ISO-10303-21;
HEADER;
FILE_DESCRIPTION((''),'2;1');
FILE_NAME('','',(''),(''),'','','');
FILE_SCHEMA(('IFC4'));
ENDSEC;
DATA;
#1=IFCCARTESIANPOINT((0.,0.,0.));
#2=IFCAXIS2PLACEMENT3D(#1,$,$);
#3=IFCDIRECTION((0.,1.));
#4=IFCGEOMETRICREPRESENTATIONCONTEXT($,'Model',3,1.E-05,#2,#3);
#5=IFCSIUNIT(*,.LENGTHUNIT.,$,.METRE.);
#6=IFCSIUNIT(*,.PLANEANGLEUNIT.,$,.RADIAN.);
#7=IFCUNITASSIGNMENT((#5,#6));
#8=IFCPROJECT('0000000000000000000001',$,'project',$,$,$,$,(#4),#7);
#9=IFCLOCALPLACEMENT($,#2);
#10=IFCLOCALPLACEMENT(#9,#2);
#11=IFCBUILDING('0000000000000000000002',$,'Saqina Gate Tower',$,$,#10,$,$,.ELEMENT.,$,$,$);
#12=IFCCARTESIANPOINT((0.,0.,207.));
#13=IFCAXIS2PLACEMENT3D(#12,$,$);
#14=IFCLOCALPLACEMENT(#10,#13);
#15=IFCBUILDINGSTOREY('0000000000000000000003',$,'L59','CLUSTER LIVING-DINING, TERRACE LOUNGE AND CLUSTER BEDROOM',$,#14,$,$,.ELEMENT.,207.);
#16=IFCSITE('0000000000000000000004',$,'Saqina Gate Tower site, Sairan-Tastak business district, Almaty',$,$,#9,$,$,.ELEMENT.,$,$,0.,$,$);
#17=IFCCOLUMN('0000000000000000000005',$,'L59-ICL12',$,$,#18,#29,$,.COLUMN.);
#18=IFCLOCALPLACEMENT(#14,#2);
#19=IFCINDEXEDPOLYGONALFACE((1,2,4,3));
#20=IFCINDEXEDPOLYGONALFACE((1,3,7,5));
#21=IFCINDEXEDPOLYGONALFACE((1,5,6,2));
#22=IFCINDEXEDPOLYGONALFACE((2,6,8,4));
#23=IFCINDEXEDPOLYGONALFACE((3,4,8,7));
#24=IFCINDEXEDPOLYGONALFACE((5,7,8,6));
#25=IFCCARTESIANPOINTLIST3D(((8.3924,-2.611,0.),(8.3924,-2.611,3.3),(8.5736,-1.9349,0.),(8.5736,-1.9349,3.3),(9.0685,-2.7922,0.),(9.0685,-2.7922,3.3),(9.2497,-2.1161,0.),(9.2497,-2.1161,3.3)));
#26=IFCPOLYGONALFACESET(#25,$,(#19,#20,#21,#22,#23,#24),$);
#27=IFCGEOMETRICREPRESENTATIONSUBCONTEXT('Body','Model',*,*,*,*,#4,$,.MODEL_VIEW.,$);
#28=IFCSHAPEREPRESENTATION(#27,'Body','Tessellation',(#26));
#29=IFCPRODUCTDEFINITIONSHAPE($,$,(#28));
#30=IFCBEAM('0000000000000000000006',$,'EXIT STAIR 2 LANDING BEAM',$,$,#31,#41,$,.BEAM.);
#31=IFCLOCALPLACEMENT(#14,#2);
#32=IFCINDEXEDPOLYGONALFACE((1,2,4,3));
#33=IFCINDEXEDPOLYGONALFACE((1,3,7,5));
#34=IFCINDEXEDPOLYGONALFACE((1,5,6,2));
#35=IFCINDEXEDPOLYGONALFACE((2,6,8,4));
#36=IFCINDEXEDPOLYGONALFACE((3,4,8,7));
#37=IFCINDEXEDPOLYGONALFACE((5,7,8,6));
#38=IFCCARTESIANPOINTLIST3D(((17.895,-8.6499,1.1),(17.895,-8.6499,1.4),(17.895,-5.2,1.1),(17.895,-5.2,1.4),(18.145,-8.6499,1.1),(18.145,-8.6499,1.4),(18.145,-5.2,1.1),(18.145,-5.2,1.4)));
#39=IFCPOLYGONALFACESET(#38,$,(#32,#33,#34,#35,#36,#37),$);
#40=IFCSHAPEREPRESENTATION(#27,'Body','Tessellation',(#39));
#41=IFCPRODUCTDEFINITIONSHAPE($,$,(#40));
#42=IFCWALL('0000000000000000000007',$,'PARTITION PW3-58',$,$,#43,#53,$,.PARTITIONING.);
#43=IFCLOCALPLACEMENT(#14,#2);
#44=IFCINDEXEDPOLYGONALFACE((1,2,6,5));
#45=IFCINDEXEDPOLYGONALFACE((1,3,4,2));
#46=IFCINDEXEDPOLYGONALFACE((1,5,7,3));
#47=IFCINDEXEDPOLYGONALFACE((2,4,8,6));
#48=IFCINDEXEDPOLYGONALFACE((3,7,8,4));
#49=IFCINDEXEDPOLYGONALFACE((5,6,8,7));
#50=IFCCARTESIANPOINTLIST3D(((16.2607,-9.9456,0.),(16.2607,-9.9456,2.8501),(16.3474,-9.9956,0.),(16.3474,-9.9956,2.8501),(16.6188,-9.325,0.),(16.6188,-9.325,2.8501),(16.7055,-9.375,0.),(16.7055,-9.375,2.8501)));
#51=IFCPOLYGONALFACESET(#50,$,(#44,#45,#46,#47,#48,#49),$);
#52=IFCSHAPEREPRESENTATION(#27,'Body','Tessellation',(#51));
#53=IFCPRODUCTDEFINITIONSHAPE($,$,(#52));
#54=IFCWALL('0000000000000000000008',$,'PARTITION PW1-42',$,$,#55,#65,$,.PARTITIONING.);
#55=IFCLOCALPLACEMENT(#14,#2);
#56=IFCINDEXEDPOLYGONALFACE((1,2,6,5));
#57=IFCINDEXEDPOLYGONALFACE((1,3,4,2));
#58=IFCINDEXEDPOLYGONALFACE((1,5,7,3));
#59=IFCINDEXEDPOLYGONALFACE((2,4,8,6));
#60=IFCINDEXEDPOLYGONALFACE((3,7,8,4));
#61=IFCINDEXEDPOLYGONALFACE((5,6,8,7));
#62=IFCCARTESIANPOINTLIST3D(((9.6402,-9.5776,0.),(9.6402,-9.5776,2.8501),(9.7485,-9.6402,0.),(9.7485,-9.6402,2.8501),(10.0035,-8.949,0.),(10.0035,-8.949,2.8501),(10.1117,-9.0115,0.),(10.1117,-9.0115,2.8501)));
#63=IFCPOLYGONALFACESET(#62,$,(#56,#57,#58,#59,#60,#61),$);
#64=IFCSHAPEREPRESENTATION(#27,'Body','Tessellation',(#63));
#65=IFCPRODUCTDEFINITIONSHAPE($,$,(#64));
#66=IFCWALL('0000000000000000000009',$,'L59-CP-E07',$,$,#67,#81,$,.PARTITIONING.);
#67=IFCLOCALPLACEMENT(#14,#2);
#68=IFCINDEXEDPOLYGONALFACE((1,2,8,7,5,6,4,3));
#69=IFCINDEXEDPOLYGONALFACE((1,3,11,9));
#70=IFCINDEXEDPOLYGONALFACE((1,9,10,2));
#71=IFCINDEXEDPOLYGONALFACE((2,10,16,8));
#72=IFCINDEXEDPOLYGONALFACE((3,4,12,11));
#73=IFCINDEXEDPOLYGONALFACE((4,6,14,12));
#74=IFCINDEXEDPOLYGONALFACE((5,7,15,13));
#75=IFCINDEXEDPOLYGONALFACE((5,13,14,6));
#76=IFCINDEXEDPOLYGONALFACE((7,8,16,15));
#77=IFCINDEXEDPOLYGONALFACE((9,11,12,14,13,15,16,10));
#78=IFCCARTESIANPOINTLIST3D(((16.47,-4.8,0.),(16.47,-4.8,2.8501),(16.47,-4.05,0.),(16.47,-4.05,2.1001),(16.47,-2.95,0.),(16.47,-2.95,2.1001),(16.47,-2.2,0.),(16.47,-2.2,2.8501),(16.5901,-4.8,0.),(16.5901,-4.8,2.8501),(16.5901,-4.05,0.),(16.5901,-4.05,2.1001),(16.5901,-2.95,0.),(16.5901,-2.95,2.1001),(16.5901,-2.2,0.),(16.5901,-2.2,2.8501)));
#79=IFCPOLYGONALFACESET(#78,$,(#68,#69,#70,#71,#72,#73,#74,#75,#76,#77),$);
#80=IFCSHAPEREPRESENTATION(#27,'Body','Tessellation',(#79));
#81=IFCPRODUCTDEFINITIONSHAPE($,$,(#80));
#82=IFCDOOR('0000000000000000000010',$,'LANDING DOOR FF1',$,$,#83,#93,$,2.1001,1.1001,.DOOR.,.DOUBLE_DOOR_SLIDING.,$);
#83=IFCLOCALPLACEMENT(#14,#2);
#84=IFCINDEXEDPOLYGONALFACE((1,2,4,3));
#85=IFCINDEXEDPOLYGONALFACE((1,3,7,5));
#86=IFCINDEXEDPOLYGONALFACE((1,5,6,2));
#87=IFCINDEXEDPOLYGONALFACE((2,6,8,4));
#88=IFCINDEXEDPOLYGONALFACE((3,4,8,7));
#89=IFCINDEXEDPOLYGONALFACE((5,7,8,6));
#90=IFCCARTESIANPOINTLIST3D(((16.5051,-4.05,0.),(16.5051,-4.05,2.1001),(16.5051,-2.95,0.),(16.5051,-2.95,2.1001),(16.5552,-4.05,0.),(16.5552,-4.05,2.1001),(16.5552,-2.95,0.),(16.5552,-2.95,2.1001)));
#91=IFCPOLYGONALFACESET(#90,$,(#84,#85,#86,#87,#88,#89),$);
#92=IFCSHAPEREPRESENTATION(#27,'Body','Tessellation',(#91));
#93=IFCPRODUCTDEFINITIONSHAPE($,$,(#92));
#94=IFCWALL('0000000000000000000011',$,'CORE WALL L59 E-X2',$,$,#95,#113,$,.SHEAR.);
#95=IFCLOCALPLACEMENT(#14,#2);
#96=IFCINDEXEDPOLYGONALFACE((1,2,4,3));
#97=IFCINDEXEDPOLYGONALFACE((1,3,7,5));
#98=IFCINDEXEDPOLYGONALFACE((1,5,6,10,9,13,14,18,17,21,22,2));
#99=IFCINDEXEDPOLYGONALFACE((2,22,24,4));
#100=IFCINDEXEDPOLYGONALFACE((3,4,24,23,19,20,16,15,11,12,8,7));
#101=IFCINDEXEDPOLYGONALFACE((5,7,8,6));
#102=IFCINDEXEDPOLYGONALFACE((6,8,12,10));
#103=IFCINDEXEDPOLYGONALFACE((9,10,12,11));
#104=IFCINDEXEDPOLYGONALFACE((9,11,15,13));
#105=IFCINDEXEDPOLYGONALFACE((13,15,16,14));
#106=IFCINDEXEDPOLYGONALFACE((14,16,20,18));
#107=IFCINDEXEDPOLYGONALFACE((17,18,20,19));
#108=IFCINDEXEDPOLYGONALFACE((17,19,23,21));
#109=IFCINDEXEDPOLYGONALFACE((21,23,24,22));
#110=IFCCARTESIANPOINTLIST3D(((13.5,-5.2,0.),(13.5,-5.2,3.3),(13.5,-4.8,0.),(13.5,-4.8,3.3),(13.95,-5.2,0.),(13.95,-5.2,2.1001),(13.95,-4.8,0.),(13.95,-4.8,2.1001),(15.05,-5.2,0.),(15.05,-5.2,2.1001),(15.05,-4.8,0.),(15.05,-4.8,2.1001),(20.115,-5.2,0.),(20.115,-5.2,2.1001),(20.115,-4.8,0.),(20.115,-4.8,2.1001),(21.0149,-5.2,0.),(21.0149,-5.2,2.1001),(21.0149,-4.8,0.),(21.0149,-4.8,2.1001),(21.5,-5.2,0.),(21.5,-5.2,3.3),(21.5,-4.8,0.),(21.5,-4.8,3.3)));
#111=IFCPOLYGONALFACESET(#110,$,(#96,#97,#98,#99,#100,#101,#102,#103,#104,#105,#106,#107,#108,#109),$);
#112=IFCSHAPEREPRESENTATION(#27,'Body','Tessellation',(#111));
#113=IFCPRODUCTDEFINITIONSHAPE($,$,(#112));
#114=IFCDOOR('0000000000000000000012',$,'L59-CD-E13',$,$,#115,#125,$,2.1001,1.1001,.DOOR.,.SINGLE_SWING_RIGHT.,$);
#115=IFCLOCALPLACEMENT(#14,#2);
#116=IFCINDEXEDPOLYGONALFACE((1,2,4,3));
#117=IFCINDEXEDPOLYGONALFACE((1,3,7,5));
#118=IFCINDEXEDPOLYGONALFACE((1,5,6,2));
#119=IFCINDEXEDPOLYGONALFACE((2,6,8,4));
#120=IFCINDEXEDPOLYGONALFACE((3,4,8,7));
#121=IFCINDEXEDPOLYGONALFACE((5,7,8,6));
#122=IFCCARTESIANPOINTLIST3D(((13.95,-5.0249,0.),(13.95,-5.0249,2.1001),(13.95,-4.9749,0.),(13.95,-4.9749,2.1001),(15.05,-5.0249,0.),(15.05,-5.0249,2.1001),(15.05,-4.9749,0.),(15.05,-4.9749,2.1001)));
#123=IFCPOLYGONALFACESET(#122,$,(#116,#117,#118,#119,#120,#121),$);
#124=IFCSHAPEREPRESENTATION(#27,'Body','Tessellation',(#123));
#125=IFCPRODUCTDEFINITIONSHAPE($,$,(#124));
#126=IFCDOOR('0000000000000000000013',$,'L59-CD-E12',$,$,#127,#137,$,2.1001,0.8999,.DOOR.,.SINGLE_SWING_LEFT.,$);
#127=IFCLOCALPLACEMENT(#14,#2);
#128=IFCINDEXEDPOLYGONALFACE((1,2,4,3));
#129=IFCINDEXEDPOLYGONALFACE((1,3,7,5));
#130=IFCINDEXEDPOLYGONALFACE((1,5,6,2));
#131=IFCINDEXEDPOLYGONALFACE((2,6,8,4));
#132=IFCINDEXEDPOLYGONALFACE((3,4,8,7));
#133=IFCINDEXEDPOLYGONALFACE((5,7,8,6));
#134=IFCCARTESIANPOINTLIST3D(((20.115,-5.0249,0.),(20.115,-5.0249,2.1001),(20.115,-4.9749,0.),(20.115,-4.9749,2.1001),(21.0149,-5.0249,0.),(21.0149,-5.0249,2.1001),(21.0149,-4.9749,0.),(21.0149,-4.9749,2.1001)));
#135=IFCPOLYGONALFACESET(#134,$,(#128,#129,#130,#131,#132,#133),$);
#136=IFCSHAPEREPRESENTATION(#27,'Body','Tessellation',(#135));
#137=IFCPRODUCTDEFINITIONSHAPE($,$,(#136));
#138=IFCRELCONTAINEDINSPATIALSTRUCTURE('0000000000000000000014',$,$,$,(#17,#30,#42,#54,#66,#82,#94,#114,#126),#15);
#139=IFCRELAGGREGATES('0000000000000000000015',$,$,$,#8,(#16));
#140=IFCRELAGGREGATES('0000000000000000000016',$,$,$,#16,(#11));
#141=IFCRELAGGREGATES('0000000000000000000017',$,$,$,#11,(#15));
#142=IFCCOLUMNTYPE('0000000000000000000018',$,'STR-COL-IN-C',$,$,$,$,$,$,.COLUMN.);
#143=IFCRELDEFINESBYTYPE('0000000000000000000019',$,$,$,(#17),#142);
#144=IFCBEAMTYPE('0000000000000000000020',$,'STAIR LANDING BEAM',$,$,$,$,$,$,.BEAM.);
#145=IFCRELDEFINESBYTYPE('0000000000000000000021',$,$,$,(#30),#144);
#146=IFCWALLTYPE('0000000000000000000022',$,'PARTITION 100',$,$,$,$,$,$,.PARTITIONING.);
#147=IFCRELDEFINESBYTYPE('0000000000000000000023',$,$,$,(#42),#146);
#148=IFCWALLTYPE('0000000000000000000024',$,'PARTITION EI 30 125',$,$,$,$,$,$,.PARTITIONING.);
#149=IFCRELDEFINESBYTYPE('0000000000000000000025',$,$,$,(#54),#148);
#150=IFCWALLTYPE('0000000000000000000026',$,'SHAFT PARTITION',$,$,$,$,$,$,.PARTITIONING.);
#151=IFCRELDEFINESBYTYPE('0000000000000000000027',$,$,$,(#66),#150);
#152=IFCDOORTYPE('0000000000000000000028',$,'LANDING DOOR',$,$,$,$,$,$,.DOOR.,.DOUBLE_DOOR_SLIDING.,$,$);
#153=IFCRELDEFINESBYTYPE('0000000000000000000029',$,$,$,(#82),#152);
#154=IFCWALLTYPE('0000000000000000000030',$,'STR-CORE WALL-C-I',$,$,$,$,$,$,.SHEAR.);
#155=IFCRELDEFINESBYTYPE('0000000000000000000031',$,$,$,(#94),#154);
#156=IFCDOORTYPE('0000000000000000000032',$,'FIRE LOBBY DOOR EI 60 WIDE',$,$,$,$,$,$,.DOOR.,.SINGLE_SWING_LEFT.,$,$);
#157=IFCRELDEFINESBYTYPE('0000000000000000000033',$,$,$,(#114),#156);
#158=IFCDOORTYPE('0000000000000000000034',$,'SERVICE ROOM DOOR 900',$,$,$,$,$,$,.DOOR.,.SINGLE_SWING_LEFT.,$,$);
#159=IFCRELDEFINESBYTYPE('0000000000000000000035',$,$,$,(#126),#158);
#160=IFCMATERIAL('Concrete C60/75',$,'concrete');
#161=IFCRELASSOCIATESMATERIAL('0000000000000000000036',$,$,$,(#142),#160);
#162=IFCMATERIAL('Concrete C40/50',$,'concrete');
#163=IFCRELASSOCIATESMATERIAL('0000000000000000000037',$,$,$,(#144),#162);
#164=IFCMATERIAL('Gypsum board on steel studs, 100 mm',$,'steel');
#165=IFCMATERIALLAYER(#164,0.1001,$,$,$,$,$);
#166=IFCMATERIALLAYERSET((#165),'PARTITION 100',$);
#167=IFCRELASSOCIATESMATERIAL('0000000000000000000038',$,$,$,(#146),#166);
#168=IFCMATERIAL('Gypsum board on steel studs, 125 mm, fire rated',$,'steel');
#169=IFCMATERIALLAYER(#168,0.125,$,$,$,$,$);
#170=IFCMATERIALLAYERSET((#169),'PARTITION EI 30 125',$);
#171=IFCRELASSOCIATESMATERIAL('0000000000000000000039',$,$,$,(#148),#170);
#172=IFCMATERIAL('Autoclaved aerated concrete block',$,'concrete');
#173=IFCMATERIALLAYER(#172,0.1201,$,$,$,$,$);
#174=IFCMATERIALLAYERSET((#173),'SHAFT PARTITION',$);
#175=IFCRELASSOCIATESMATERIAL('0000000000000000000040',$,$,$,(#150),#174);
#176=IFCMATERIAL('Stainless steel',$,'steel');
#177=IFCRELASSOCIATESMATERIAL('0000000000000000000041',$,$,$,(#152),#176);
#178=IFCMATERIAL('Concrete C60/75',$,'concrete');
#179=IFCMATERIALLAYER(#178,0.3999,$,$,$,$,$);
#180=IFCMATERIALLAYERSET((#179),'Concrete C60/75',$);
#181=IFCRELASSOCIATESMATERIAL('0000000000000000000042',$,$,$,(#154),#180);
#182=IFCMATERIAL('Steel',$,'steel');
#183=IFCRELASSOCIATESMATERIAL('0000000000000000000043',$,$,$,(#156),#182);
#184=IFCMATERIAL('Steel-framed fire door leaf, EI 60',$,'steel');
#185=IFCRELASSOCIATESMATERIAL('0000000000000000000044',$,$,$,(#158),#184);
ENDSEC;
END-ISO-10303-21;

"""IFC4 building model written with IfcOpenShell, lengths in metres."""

from ifc_helpers import new_model, si_unit, direction, frame, frame_2d, origin, origin_2d, place, context, subcontext, project, spatial, rectangle, extrude, material, layer, layer_set, material_profile, profile_set, type_object, element, fill, save


model = new_model("IFC4")

# Units and contexts
model_context = context("Model", 3, precision=1e-05, world=origin(), true_north=direction((0.0, 1.0)))
body_context = subcontext(model_context, "Body", "Model", "MODEL_VIEW")
ifc_project = project(units=[si_unit("LENGTHUNIT", "METRE"), si_unit("PLANEANGLEUNIT", "RADIAN")], contexts=[model_context])

# Site, building, storey
site_placement = place(None, origin())
site = spatial("IfcSite", under=ifc_project, at=site_placement, Name="Saqina Gate Tower site, Sairan-Tastak business district, Almaty", CompositionType="ELEMENT", RefElevation=0.0)
building_placement = place(site_placement, origin())
building = spatial("IfcBuilding", under=site, at=building_placement, Name="Saqina Gate Tower", CompositionType="ELEMENT")
storey_placement = place(building_placement, frame((0.0, 0.0, 207.0)))
storey = spatial("IfcBuildingStorey", under=building, at=storey_placement, Name="L59", Description="CLUSTER LIVING-DINING, TERRACE LOUNGE AND CLUSTER BEDROOM", CompositionType="ELEMENT", Elevation=207.0)

# Column
ifc_material_1 = material(Name="Concrete C60/75", Category="concrete")
ifc_material_profile_1 = material_profile(ifc_material_1, rectangle(XDim=0.7, YDim=0.7, at=origin_2d()), Name="RC 700x700")
ifc_profile_set_1 = profile_set([ifc_material_profile_1], Name="Concrete C60/75")
column_type = type_object("IfcColumnType", Name="STR-COL-IN-C", PredefinedType="COLUMN", material=ifc_profile_set_1)
column_placement = place(storey_placement, frame((8.821, -2.3635, 0.0), z_axis=(0.0, 0.0, 1.0), x_axis=(0.965926, -0.258819, 0.0)))
element("IfcColumn", 1, at=column_placement, inside=storey, type_object=column_type, Name="L59-ICL12", PredefinedType="COLUMN", context=body_context, shape_type="SweptSolid", body=[
    extrude(rectangle(XDim=0.7, YDim=0.7, at=origin_2d()), origin(), (0.0, 0.0, 1.0), 3.3),
])

# Beam
ifc_material_2 = material(Name="Concrete C40/50", Category="concrete")
ifc_material_profile_2 = material_profile(ifc_material_2, rectangle(XDim=0.25, YDim=0.3, at=origin_2d()), Name="STAIR LANDING BEAM")
ifc_profile_set_2 = profile_set([ifc_material_profile_2], Name="Concrete C40/50")
beam_type = type_object("IfcBeamType", Name="STAIR LANDING BEAM", PredefinedType="BEAM", material=ifc_profile_set_2)
beam_placement = place(storey_placement, frame((18.02, -8.6499, 1.25), z_axis=(0.0, 1.0, 0.0), x_axis=(-1.0, 0.0, 0.0)))
element("IfcBeam", 2, at=beam_placement, inside=storey, type_object=beam_type, Name="EXIT STAIR 2 LANDING BEAM", PredefinedType="BEAM", context=body_context, shape_type="SweptSolid", body=[
    extrude(rectangle(XDim=0.25, YDim=0.3, at=origin_2d()), origin(), (0.0, 0.0, 1.0), 3.45),
])

# Walls
ifc_material_3 = material(Name="Gypsum board on steel studs, 100 mm", Category="steel")
ifc_layer_1 = layer(ifc_material_3, 0.1001)
ifc_layer_set_1 = layer_set([ifc_layer_1], Name="PARTITION 100")
wall_type_1 = type_object("IfcWallType", Name="PARTITION 100", PredefinedType="PARTITIONING", material=ifc_layer_set_1)
wall_1_placement = place(storey_placement, frame((16.304, -9.9707, 0.0), z_axis=(0.0, 0.0, 1.0), x_axis=(0.49984, 0.866118, 0.0)))
element("IfcWall", 3, at=wall_1_placement, inside=storey, type_object=wall_type_1, Name="PARTITION PW3-58", PredefinedType="PARTITIONING", context=body_context, shape_type="SweptSolid", body=[
    extrude(rectangle(XDim=0.7166, YDim=0.1001, at=frame_2d((0.3584, 0.0))), origin(), (0.0, 0.0, 1.0), 2.8501),
])
ifc_material_4 = material(Name="Gypsum board on steel studs, 125 mm, fire rated", Category="steel")
ifc_layer_2 = layer(ifc_material_4, 0.125)
ifc_layer_set_2 = layer_set([ifc_layer_2], Name="PARTITION EI 30 125")
wall_type_2 = type_object("IfcWallType", Name="PARTITION EI 30 125", PredefinedType="PARTITIONING", material=ifc_layer_set_2)
wall_2_placement = place(storey_placement, frame((9.6943, -9.6089, 0.0), z_axis=(0.0, 0.0, 1.0), x_axis=(0.500334, 0.865833, 0.0)))
element("IfcWall", 4, at=wall_2_placement, inside=storey, type_object=wall_type_2, Name="PARTITION PW1-42", PredefinedType="PARTITIONING", context=body_context, shape_type="SweptSolid", body=[
    extrude(rectangle(XDim=0.7261, YDim=0.125, at=frame_2d((0.363, 0.0))), origin(), (0.0, 0.0, 1.0), 2.8501),
])

# Wall, opening, door
ifc_material_5 = material(Name="Autoclaved aerated concrete block", Category="concrete")
ifc_layer_3 = layer(ifc_material_5, 0.1201)
ifc_layer_set_3 = layer_set([ifc_layer_3], Name="SHAFT PARTITION")
wall_type_3 = type_object("IfcWallType", Name="SHAFT PARTITION", PredefinedType="PARTITIONING", material=ifc_layer_set_3)
wall_3_placement = place(storey_placement, frame((16.53, -4.8, 0.0), z_axis=(0.0, 0.0, 1.0), x_axis=(0.0, 1.0, 0.0)))
wall_3 = element("IfcWall", 5, at=wall_3_placement, inside=storey, type_object=wall_type_3, Name="L59-CP-E07", PredefinedType="PARTITIONING", context=body_context, shape_type="SweptSolid", body=[
    extrude(rectangle(XDim=2.6001, YDim=0.1201, at=frame_2d((1.3, 0.0))), origin(), (0.0, 0.0, 1.0), 2.8501),
])
opening_1_placement = place(wall_3_placement, frame((0.75, 0.0, 0.0)))
opening_1 = element("IfcOpeningElement", 6, at=opening_1_placement, cuts=wall_3, PredefinedType="OPENING", context=body_context, shape_type="SweptSolid", body=[
    extrude(rectangle(XDim=1.1001, YDim=2.1001, at=frame_2d((0.55, 1.05))), frame((0.0, 0.072, 0.0), z_axis=(0.0, -1.0, 0.0), x_axis=(1.0, 0.0, 0.0)), (0.0, 0.0, 1.0), 0.144),
])
ifc_material_6 = material(Name="Stainless steel", Category="steel")
door_type_1 = type_object("IfcDoorType", Name="LANDING DOOR", OperationType="DOUBLE_DOOR_SLIDING", PredefinedType="DOOR", material=ifc_material_6)
door_1_placement = place(opening_1_placement, origin())
door_1 = element("IfcDoor", 7, at=door_1_placement, inside=storey, type_object=door_type_1, Name="LANDING DOOR FF1", OperationType="DOUBLE_DOOR_SLIDING", OverallHeight=2.1001, OverallWidth=1.1001, PredefinedType="DOOR", context=body_context, shape_type="SweptSolid", body=[
    extrude(rectangle(XDim=1.1001, YDim=2.1001, at=frame_2d((0.55, 1.05))), frame((0.0, 0.0249, 0.0), z_axis=(0.0, -1.0, 0.0), x_axis=(1.0, 0.0, 0.0)), (0.0, 0.0, 1.0), 0.05),
])
fill(opening_1, door_1)

# Wall, openings, doors
ifc_material_7 = material(Name="Concrete C60/75", Category="concrete")
ifc_layer_4 = layer(ifc_material_7, 0.3999)
ifc_layer_set_4 = layer_set([ifc_layer_4], Name="Concrete C60/75")
wall_type_4 = type_object("IfcWallType", Name="STR-CORE WALL-C-I", PredefinedType="SHEAR", material=ifc_layer_set_4)
wall_4_placement = place(storey_placement, frame((13.5, -5.0, 0.0), z_axis=(0.0, 0.0, 1.0), x_axis=(1.0, 0.0, 0.0)))
wall_4 = element("IfcWall", 8, at=wall_4_placement, inside=storey, type_object=wall_type_4, Name="CORE WALL L59 E-X2", PredefinedType="SHEAR", context=body_context, shape_type="SweptSolid", body=[
    extrude(rectangle(XDim=8.0, YDim=0.3999, at=frame_2d((4.0, 0.0))), origin(), (0.0, 0.0, 1.0), 3.3),
])
opening_2_placement = place(wall_4_placement, frame((6.615, 0.0, 0.0)))
opening_2 = element("IfcOpeningElement", 9, at=opening_2_placement, cuts=wall_4, PredefinedType="OPENING", context=body_context, shape_type="SweptSolid", body=[
    extrude(rectangle(XDim=0.8999, YDim=2.1001, at=frame_2d((0.45, 1.05))), frame((0.0, 0.2119, 0.0), z_axis=(0.0, -1.0, 0.0), x_axis=(1.0, 0.0, 0.0)), (0.0, 0.0, 1.0), 0.4238),
])
opening_3_placement = place(wall_4_placement, frame((0.45, 0.0, 0.0)))
opening_3 = element("IfcOpeningElement", 10, at=opening_3_placement, cuts=wall_4, PredefinedType="OPENING", context=body_context, shape_type="SweptSolid", body=[
    extrude(rectangle(XDim=1.1001, YDim=2.1001, at=frame_2d((0.55, 1.05))), frame((0.0, 0.2119, 0.0), z_axis=(0.0, -1.0, 0.0), x_axis=(1.0, 0.0, 0.0)), (0.0, 0.0, 1.0), 0.4238),
])
ifc_material_8 = material(Name="Steel", Category="steel")
door_type_2 = type_object("IfcDoorType", Name="FIRE LOBBY DOOR EI 60 WIDE", OperationType="SINGLE_SWING_LEFT", PredefinedType="DOOR", material=ifc_material_8)
door_2_placement = place(opening_3_placement, frame((1.1001, 0.0, 0.0), z_axis=(0.0, 0.0, 1.0), x_axis=(-1.0, 0.0, 0.0)))
door_2 = element("IfcDoor", 11, at=door_2_placement, inside=storey, type_object=door_type_2, Name="L59-CD-E13", OperationType="SINGLE_SWING_RIGHT", OverallHeight=2.1001, OverallWidth=1.1001, PredefinedType="DOOR", context=body_context, shape_type="SweptSolid", body=[
    extrude(rectangle(XDim=1.1001, YDim=2.1001, at=frame_2d((0.55, 1.05))), frame((0.0, 0.0249, 0.0), z_axis=(0.0, -1.0, 0.0), x_axis=(1.0, 0.0, 0.0)), (0.0, 0.0, 1.0), 0.05),
])
fill(opening_3, door_2)
ifc_material_9 = material(Name="Steel-framed fire door leaf, EI 60", Category="steel")
door_type_3 = type_object("IfcDoorType", Name="SERVICE ROOM DOOR 900", OperationType="SINGLE_SWING_LEFT", PredefinedType="DOOR", material=ifc_material_9)
door_3_placement = place(opening_2_placement, frame((0.8999, 0.0, 0.0), z_axis=(0.0, 0.0, 1.0), x_axis=(-1.0, 0.0, 0.0)))
door_3 = element("IfcDoor", 12, at=door_3_placement, inside=storey, type_object=door_type_3, Name="L59-CD-E12", OperationType="SINGLE_SWING_LEFT", OverallHeight=2.1001, OverallWidth=0.8999, PredefinedType="DOOR", context=body_context, shape_type="SweptSolid", body=[
    extrude(rectangle(XDim=0.8999, YDim=2.1001, at=frame_2d((0.45, 1.05))), frame((0.0, 0.0249, 0.0), z_axis=(0.0, -1.0, 0.0), x_axis=(1.0, 0.0, 0.0)), (0.0, 0.0, 1.0), 0.05),
])
fill(opening_2, door_3)

save(model, "model.ifc")
